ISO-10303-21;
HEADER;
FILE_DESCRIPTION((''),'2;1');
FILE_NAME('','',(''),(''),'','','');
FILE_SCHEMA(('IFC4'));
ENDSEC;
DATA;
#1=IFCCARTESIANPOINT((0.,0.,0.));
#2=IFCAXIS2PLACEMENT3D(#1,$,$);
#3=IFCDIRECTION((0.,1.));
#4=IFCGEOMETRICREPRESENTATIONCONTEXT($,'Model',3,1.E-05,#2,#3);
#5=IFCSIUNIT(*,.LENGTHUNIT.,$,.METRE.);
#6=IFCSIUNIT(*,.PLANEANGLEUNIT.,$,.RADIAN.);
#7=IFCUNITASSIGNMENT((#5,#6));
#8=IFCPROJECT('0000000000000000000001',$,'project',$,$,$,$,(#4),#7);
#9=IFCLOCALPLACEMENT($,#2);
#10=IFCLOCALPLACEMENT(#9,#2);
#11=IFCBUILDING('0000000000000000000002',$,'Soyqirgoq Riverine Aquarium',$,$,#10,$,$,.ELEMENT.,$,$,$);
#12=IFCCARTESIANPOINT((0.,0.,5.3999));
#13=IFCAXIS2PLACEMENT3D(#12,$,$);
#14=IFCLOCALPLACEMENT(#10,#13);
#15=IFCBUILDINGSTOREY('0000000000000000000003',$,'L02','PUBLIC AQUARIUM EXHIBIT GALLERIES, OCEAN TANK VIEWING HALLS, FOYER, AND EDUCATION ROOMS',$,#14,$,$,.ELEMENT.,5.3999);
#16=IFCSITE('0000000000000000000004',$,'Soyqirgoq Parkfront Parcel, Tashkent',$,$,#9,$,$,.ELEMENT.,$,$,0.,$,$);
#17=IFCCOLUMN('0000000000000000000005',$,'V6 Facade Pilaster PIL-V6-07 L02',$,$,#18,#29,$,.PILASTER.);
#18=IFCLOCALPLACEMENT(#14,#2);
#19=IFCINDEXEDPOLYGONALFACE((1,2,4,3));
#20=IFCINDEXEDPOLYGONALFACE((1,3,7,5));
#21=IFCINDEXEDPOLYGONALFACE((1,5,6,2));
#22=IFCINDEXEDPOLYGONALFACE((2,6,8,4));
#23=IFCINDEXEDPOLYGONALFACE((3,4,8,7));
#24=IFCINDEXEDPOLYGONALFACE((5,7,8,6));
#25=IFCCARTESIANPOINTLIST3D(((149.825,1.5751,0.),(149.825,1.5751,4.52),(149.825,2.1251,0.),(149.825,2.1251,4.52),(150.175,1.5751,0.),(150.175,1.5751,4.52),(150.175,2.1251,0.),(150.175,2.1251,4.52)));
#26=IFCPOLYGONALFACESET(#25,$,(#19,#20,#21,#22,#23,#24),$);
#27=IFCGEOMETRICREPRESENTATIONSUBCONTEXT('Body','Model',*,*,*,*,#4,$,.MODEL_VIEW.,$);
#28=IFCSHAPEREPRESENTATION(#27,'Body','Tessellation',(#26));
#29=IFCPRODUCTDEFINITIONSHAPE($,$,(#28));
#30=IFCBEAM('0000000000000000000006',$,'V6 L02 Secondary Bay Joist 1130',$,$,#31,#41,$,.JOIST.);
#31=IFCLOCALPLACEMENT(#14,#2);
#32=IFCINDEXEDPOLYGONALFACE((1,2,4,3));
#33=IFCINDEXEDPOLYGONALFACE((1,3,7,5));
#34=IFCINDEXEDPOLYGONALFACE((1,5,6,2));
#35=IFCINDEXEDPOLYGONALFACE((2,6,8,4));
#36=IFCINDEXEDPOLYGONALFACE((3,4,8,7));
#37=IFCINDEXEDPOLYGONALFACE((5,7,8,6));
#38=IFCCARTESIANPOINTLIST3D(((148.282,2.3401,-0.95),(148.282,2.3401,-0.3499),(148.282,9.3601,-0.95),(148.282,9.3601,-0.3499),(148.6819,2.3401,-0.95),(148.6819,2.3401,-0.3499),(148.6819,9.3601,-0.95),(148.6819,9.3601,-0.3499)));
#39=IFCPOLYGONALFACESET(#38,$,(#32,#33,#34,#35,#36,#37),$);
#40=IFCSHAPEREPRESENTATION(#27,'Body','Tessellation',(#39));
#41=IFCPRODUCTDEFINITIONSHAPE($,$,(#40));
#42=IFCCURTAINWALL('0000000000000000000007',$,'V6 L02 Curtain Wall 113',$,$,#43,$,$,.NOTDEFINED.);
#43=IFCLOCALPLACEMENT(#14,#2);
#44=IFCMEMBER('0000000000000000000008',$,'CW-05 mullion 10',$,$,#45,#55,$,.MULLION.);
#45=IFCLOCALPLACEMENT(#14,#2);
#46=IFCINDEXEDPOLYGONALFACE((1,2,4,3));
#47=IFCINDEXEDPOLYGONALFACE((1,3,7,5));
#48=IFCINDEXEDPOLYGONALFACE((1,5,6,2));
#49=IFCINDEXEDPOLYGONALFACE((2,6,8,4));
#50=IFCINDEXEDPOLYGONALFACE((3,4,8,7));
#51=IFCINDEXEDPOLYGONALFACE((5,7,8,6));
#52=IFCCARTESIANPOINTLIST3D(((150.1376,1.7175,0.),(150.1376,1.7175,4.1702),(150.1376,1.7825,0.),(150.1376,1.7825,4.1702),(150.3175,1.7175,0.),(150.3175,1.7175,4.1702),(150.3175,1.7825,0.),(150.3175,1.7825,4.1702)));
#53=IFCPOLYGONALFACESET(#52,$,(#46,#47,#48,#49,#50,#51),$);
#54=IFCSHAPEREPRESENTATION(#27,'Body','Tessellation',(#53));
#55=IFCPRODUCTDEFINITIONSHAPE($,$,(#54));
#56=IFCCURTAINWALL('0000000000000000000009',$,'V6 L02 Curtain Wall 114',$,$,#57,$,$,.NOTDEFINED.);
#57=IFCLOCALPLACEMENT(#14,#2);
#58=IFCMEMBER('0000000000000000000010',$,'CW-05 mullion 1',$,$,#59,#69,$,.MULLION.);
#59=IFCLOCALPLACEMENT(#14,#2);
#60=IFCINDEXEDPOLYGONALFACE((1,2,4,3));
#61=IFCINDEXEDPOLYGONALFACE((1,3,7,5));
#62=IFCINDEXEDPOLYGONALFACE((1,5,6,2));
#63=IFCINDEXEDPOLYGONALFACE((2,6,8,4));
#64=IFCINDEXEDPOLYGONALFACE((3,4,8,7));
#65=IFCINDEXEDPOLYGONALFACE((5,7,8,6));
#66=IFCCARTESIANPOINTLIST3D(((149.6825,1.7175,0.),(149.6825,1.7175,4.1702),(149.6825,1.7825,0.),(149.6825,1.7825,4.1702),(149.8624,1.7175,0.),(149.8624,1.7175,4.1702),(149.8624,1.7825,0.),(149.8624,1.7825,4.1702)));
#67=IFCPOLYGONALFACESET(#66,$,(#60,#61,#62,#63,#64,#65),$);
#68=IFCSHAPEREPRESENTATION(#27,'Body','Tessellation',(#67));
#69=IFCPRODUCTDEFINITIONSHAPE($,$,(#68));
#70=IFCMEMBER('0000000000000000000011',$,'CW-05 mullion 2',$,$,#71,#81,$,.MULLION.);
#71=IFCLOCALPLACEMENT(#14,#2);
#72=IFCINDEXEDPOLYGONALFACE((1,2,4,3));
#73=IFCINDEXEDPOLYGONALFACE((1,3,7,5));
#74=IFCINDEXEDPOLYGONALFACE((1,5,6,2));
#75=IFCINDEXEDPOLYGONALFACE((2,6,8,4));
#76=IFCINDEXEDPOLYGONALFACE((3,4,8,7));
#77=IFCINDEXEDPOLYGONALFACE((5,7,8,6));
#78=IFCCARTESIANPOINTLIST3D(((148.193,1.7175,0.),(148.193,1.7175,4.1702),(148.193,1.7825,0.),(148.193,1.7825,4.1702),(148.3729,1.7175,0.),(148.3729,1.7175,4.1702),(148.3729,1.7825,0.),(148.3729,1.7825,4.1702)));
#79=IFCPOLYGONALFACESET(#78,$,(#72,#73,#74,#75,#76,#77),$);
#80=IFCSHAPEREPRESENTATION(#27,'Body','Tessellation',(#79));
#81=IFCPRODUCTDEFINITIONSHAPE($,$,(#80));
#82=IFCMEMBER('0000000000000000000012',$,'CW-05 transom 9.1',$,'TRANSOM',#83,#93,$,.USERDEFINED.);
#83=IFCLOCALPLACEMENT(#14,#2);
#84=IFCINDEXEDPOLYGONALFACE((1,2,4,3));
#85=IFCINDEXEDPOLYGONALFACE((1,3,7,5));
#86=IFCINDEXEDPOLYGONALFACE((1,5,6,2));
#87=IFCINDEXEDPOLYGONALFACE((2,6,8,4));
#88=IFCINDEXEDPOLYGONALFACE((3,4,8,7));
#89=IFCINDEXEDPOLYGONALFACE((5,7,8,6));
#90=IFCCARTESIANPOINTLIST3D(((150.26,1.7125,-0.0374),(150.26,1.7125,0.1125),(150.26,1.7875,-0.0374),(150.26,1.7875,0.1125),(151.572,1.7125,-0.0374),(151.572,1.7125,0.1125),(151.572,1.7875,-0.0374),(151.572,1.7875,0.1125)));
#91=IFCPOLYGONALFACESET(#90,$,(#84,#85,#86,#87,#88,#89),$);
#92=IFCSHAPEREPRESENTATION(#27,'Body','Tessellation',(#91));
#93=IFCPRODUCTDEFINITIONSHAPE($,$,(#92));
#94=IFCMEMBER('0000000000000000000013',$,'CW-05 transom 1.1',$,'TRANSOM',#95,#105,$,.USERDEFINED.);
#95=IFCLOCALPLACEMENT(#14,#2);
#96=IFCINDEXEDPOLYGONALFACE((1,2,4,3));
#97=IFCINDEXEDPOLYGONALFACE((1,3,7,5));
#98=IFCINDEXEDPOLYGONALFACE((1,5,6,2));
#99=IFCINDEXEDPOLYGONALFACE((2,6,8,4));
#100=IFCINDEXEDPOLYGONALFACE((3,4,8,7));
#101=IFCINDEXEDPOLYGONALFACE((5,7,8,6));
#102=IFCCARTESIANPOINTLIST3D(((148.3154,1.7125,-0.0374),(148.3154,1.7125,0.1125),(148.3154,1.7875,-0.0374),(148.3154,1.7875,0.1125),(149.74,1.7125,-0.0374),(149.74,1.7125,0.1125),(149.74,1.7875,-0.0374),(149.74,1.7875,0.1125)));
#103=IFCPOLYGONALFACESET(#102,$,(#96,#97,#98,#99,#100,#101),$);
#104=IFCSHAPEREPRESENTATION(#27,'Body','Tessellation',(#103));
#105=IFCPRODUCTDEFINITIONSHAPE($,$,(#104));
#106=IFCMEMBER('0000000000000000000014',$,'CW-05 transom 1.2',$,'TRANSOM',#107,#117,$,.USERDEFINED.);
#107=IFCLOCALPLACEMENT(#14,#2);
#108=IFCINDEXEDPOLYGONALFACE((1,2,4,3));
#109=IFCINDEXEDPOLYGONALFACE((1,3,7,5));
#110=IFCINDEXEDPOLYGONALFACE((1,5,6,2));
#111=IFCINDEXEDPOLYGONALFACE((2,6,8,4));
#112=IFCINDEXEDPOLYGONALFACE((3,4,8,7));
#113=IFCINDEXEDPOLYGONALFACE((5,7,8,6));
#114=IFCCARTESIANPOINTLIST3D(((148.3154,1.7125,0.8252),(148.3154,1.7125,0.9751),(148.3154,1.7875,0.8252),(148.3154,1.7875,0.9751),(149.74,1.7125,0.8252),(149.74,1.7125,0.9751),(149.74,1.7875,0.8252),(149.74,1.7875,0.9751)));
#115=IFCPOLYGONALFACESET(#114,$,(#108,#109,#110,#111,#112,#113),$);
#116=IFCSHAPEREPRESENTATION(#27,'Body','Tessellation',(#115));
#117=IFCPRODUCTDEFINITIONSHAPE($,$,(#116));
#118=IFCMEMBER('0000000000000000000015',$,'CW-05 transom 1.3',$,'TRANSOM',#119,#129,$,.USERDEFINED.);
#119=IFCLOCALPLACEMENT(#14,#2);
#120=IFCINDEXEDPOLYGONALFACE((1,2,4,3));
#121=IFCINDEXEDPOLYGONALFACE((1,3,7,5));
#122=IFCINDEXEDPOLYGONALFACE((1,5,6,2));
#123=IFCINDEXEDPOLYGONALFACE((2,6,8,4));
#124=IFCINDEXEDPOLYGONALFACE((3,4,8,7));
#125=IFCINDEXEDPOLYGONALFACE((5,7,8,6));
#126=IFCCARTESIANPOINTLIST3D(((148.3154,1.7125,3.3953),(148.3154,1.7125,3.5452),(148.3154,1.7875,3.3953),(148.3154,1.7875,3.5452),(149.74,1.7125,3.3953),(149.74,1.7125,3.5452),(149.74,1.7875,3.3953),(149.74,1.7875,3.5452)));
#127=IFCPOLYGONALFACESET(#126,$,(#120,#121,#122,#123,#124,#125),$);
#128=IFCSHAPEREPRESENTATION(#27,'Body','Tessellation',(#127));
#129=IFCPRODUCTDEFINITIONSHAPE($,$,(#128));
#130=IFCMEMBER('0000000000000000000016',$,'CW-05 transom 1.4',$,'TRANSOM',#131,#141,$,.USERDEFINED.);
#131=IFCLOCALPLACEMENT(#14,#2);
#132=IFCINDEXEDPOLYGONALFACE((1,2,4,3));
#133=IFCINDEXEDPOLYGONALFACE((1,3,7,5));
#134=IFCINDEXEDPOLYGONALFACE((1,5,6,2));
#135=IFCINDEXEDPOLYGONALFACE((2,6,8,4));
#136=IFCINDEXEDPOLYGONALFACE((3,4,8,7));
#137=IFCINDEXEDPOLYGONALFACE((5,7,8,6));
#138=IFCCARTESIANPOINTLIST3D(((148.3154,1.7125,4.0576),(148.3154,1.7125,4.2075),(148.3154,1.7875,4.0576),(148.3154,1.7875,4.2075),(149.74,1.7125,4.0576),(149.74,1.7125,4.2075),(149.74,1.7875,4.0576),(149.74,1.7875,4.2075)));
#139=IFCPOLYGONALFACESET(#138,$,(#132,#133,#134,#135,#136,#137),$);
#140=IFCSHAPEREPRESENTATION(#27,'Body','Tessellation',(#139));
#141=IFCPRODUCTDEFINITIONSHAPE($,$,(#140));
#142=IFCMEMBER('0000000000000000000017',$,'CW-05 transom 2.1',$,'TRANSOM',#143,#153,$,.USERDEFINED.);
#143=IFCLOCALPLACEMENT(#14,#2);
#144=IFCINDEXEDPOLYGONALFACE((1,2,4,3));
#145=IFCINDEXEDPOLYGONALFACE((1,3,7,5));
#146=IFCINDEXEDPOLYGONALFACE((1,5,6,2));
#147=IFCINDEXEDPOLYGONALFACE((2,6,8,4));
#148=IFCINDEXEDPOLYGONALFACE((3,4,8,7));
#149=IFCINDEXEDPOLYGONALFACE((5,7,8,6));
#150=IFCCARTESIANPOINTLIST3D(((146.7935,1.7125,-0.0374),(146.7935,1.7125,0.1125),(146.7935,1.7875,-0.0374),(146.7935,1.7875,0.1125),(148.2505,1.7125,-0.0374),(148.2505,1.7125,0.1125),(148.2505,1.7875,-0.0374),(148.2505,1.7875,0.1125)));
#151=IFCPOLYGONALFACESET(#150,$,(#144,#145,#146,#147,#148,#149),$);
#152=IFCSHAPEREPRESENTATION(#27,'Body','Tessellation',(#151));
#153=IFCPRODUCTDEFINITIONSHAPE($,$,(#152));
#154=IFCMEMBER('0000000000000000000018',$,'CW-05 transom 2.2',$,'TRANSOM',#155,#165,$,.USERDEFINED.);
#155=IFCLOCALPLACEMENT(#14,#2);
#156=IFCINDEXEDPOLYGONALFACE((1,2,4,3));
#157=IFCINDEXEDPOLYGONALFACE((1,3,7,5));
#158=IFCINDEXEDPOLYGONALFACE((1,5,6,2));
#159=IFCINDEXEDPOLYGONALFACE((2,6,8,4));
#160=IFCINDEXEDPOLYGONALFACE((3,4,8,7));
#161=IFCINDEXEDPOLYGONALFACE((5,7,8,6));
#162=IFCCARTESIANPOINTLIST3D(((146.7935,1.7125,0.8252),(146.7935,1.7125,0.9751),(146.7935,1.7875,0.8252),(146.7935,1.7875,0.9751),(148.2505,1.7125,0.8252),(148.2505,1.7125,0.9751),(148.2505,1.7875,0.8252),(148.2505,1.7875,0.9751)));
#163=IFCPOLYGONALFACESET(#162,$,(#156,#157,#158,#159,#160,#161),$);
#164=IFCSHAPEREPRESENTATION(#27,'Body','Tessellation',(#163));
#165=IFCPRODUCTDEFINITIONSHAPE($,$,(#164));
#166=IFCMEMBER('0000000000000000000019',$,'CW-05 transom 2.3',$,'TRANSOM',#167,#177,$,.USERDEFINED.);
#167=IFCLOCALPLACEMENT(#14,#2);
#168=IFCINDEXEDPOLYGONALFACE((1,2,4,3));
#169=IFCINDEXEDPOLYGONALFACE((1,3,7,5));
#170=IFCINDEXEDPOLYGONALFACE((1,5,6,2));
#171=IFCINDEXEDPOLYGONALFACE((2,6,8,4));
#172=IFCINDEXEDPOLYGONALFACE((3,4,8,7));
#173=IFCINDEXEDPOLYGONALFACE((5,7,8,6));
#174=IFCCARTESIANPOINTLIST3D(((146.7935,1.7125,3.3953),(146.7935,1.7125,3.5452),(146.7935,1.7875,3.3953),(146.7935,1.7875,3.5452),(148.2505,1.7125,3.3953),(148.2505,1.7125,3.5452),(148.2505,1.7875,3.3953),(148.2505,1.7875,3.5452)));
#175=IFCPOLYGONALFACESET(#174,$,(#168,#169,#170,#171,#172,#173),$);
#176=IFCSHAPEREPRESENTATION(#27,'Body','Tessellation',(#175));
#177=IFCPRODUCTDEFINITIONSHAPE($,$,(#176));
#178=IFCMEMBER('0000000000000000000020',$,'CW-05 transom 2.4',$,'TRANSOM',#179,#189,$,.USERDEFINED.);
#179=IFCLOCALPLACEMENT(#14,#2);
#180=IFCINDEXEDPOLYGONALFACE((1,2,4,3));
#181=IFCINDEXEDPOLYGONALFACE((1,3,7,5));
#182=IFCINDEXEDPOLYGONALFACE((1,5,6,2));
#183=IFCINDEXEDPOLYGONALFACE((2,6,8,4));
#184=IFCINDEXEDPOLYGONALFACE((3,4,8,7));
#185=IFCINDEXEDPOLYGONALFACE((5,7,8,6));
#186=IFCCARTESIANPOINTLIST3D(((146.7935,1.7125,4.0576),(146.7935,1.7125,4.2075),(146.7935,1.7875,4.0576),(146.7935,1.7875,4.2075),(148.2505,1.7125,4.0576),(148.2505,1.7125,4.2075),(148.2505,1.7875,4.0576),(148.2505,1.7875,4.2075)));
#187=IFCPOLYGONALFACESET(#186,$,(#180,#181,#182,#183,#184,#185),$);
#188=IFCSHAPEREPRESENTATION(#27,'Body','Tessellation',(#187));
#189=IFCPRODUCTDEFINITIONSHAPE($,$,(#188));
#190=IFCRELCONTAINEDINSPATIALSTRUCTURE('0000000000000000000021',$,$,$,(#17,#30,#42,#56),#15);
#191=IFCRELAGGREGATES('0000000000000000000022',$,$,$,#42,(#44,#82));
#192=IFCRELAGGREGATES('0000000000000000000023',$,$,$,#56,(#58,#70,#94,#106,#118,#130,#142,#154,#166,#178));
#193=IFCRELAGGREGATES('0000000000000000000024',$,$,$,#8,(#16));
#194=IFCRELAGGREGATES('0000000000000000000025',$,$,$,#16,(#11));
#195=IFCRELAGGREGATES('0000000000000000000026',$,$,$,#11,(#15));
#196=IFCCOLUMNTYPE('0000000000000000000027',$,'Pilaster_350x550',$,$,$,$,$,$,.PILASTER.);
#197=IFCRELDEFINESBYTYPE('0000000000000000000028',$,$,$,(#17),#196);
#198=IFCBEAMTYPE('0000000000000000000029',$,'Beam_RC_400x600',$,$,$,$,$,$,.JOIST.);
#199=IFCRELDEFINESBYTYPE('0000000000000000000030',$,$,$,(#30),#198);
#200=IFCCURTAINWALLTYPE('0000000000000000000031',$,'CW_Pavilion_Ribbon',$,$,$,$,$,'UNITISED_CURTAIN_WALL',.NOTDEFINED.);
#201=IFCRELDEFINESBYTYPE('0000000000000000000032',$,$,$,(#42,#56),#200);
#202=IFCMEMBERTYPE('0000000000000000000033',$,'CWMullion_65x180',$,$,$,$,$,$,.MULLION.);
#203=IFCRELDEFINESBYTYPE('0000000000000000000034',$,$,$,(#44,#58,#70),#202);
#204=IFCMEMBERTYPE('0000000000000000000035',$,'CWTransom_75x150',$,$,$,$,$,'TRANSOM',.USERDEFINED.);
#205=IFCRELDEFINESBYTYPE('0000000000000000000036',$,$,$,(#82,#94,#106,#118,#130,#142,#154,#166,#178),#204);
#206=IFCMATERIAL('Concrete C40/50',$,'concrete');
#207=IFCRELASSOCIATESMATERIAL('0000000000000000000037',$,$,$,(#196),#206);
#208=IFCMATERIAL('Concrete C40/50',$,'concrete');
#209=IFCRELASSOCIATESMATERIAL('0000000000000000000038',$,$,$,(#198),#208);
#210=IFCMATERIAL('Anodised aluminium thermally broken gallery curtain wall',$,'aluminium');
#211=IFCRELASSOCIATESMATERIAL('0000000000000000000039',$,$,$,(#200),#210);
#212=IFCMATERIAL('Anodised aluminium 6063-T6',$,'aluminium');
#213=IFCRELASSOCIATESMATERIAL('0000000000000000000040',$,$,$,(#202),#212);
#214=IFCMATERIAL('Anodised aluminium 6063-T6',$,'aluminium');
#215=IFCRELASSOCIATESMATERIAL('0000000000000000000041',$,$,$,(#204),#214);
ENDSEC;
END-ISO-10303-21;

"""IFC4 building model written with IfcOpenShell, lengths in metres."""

from ifc_helpers import new_model, si_unit, direction, frame, origin, origin_2d, place, context, subcontext, project, spatial, rectangle, extrude, material, material_profile, profile_set, type_object, element, aggregate, save


model = new_model("IFC4")

# Units and contexts
model_context = context("Model", 3, precision=1e-05, world=origin(), true_north=direction((0.0, 1.0)))
body_context = subcontext(model_context, "Body", "Model", "MODEL_VIEW")
ifc_project = project(units=[si_unit("LENGTHUNIT", "METRE"), si_unit("PLANEANGLEUNIT", "RADIAN")], contexts=[model_context])

# Site, building, storey
site_placement = place(None, origin())
site = spatial("IfcSite", under=ifc_project, at=site_placement, Name="Soyqirgoq Parkfront Parcel, Tashkent", CompositionType="ELEMENT", RefElevation=0.0)
building_placement = place(site_placement, origin())
building = spatial("IfcBuilding", under=site, at=building_placement, Name="Soyqirgoq Riverine Aquarium", CompositionType="ELEMENT")
storey_placement = place(building_placement, frame((0.0, 0.0, 5.3999)))
storey = spatial("IfcBuildingStorey", under=building, at=storey_placement, Name="L02", Description="PUBLIC AQUARIUM EXHIBIT GALLERIES, OCEAN TANK VIEWING HALLS, FOYER, AND EDUCATION ROOMS", CompositionType="ELEMENT", Elevation=5.3999)

# Column
ifc_material_1 = material(Name="Concrete C40/50", Category="concrete")
ifc_material_profile_1 = material_profile(ifc_material_1, rectangle(XDim=0.3501, YDim=0.55, at=origin_2d()), Name="RC-PIL 350x550")
ifc_profile_set_1 = profile_set([ifc_material_profile_1], Name="Concrete C40/50")
column_type = type_object("IfcColumnType", Name="Pilaster_350x550", PredefinedType="PILASTER", material=ifc_profile_set_1)
column_placement = place(storey_placement, frame((150.0, 1.8501, 0.0), z_axis=(0.0, 0.0, 1.0), x_axis=(1.0, 0.0, 0.0)))
element("IfcColumn", 1, at=column_placement, inside=storey, type_object=column_type, Name="V6 Facade Pilaster PIL-V6-07 L02", PredefinedType="PILASTER", context=body_context, shape_type="SweptSolid", body=[
    extrude(rectangle(XDim=0.3501, YDim=0.55, at=origin_2d()), origin(), (0.0, 0.0, 1.0), 4.52),
])

# Beam
ifc_material_2 = material(Name="Concrete C40/50", Category="concrete")
ifc_material_profile_2 = material_profile(ifc_material_2, rectangle(XDim=0.3999, YDim=0.6001, at=origin_2d()), Name="RC 400x600")
ifc_profile_set_2 = profile_set([ifc_material_profile_2], Name="Concrete C40/50")
beam_type_1 = type_object("IfcBeamType", Name="Beam_RC_400x600", PredefinedType="JOIST", material=ifc_profile_set_2)
beam_1_placement = place(storey_placement, frame((148.4819, 2.3401, -0.6499), z_axis=(0.0, 1.0, 0.0), x_axis=(-1.0, 0.0, 0.0)))
element("IfcBeam", 2, at=beam_1_placement, inside=storey, type_object=beam_type_1, Name="V6 L02 Secondary Bay Joist 1130", PredefinedType="JOIST", context=body_context, shape_type="SweptSolid", body=[
    extrude(rectangle(XDim=0.3999, YDim=0.6001, at=origin_2d()), origin(), (0.0, 0.0, 1.0), 7.02),
])

# Curtain wall, member
ifc_material_3 = material(Name="Anodised aluminium thermally broken gallery curtain wall", Category="aluminium")
curtain_wall_type = type_object("IfcCurtainWallType", Name="CW_Pavilion_Ribbon", ElementType="UNITISED_CURTAIN_WALL", PredefinedType="NOTDEFINED", material=ifc_material_3)
curtain_wall_1_placement = place(storey_placement, origin())
curtain_wall_1 = element("IfcCurtainWall", 3, at=curtain_wall_1_placement, inside=storey, type_object=curtain_wall_type, Name="V6 L02 Curtain Wall 113", PredefinedType="NOTDEFINED")
ifc_material_4 = material(Name="Anodised aluminium 6063-T6", Category="aluminium")
ifc_material_profile_3 = material_profile(ifc_material_4, rectangle(XDim=0.0649, YDim=0.1799, at=origin_2d()), Name="ALU-M 65x180")
ifc_profile_set_3 = profile_set([ifc_material_profile_3], Name="Anodised aluminium 6063-T6")
member_type_1 = type_object("IfcMemberType", Name="CWMullion_65x180", PredefinedType="MULLION", material=ifc_profile_set_3)
member_1_placement = place(storey_placement, frame((150.2275, 1.75, 0.0), z_axis=(0.0, 0.0, 1.0), x_axis=(0.0, -1.0, 0.0)))
member_1 = element("IfcMember", 4, at=member_1_placement, type_object=member_type_1, Name="CW-05 mullion 10", PredefinedType="MULLION", context=body_context, shape_type="SweptSolid", body=[
    extrude(rectangle(XDim=0.0649, YDim=0.1799, at=origin_2d()), origin(), (0.0, 0.0, 1.0), 4.1702),
])

# Curtain wall, members
curtain_wall_2_placement = place(storey_placement, origin())
curtain_wall_2 = element("IfcCurtainWall", 5, at=curtain_wall_2_placement, inside=storey, type_object=curtain_wall_type, Name="V6 L02 Curtain Wall 114", PredefinedType="NOTDEFINED")
member_2_placement = place(storey_placement, frame((149.7725, 1.75, 0.0), z_axis=(0.0, 0.0, 1.0), x_axis=(0.0, -1.0, 0.0)))
member_2 = element("IfcMember", 6, at=member_2_placement, type_object=member_type_1, Name="CW-05 mullion 1", PredefinedType="MULLION", context=body_context, shape_type="SweptSolid", body=[
    extrude(rectangle(XDim=0.0649, YDim=0.1799, at=origin_2d()), origin(), (0.0, 0.0, 1.0), 4.1702),
])
member_3_placement = place(storey_placement, frame((148.283, 1.75, 0.0), z_axis=(0.0, 0.0, 1.0), x_axis=(0.0, -1.0, 0.0)))
member_3 = element("IfcMember", 7, at=member_3_placement, type_object=member_type_1, Name="CW-05 mullion 2", PredefinedType="MULLION", context=body_context, shape_type="SweptSolid", body=[
    extrude(rectangle(XDim=0.0649, YDim=0.1799, at=origin_2d()), origin(), (0.0, 0.0, 1.0), 4.1702),
])

# Members
ifc_material_5 = material(Name="Anodised aluminium 6063-T6", Category="aluminium")
ifc_material_profile_4 = material_profile(ifc_material_5, rectangle(XDim=0.075, YDim=0.1499, at=origin_2d()), Name="ALU-T 75x150")
ifc_profile_set_4 = profile_set([ifc_material_profile_4], Name="Anodised aluminium 6063-T6")
member_type_2 = type_object("IfcMemberType", Name="CWTransom_75x150", ElementType="TRANSOM", PredefinedType="USERDEFINED", material=ifc_profile_set_4)
member_4_placement = place(storey_placement, frame((151.572, 1.75, 0.0376), z_axis=(-1.0, 0.0, 0.0), x_axis=(0.0, -1.0, 0.0)))
member_4 = element("IfcMember", 8, at=member_4_placement, type_object=member_type_2, Name="CW-05 transom 9.1", ObjectType="TRANSOM", PredefinedType="USERDEFINED", context=body_context, shape_type="SweptSolid", body=[
    extrude(rectangle(XDim=0.075, YDim=0.1499, at=origin_2d()), origin(), (0.0, 0.0, 1.0), 1.312),
])
member_5_placement = place(storey_placement, frame((149.74, 1.75, 0.0376), z_axis=(-1.0, 0.0, 0.0), x_axis=(0.0, -1.0, 0.0)))
member_5 = element("IfcMember", 9, at=member_5_placement, type_object=member_type_2, Name="CW-05 transom 1.1", ObjectType="TRANSOM", PredefinedType="USERDEFINED", context=body_context, shape_type="SweptSolid", body=[
    extrude(rectangle(XDim=0.075, YDim=0.1499, at=origin_2d()), origin(), (0.0, 0.0, 1.0), 1.4246),
])
member_6_placement = place(storey_placement, frame((149.74, 1.75, 0.9001), z_axis=(-1.0, 0.0, 0.0), x_axis=(0.0, -1.0, 0.0)))
member_6 = element("IfcMember", 10, at=member_6_placement, type_object=member_type_2, Name="CW-05 transom 1.2", ObjectType="TRANSOM", PredefinedType="USERDEFINED", context=body_context, shape_type="SweptSolid", body=[
    extrude(rectangle(XDim=0.075, YDim=0.1499, at=origin_2d()), origin(), (0.0, 0.0, 1.0), 1.4246),
])
member_7_placement = place(storey_placement, frame((149.74, 1.75, 3.4702), z_axis=(-1.0, 0.0, 0.0), x_axis=(0.0, -1.0, 0.0)))
member_7 = element("IfcMember", 11, at=member_7_placement, type_object=member_type_2, Name="CW-05 transom 1.3", ObjectType="TRANSOM", PredefinedType="USERDEFINED", context=body_context, shape_type="SweptSolid", body=[
    extrude(rectangle(XDim=0.075, YDim=0.1499, at=origin_2d()), origin(), (0.0, 0.0, 1.0), 1.4246),
])
member_8_placement = place(storey_placement, frame((149.74, 1.75, 4.1326), z_axis=(-1.0, 0.0, 0.0), x_axis=(0.0, -1.0, 0.0)))
member_8 = element("IfcMember", 12, at=member_8_placement, type_object=member_type_2, Name="CW-05 transom 1.4", ObjectType="TRANSOM", PredefinedType="USERDEFINED", context=body_context, shape_type="SweptSolid", body=[
    extrude(rectangle(XDim=0.075, YDim=0.1499, at=origin_2d()), origin(), (0.0, 0.0, 1.0), 1.4246),
])
member_9_placement = place(storey_placement, frame((148.2505, 1.75, 0.0376), z_axis=(-1.0, 0.0, 0.0), x_axis=(0.0, -1.0, 0.0)))
member_9 = element("IfcMember", 13, at=member_9_placement, type_object=member_type_2, Name="CW-05 transom 2.1", ObjectType="TRANSOM", PredefinedType="USERDEFINED", context=body_context, shape_type="SweptSolid", body=[
    extrude(rectangle(XDim=0.075, YDim=0.1499, at=origin_2d()), origin(), (0.0, 0.0, 1.0), 1.457),
])
member_10_placement = place(storey_placement, frame((148.2505, 1.75, 0.9001), z_axis=(-1.0, 0.0, 0.0), x_axis=(0.0, -1.0, 0.0)))
member_10 = element("IfcMember", 14, at=member_10_placement, type_object=member_type_2, Name="CW-05 transom 2.2", ObjectType="TRANSOM", PredefinedType="USERDEFINED", context=body_context, shape_type="SweptSolid", body=[
    extrude(rectangle(XDim=0.075, YDim=0.1499, at=origin_2d()), origin(), (0.0, 0.0, 1.0), 1.457),
])
member_11_placement = place(storey_placement, frame((148.2505, 1.75, 3.4702), z_axis=(-1.0, 0.0, 0.0), x_axis=(0.0, -1.0, 0.0)))
member_11 = element("IfcMember", 15, at=member_11_placement, type_object=member_type_2, Name="CW-05 transom 2.3", ObjectType="TRANSOM", PredefinedType="USERDEFINED", context=body_context, shape_type="SweptSolid", body=[
    extrude(rectangle(XDim=0.075, YDim=0.1499, at=origin_2d()), origin(), (0.0, 0.0, 1.0), 1.457),
])
member_12_placement = place(storey_placement, frame((148.2505, 1.75, 4.1326), z_axis=(-1.0, 0.0, 0.0), x_axis=(0.0, -1.0, 0.0)))
member_12 = element("IfcMember", 16, at=member_12_placement, type_object=member_type_2, Name="CW-05 transom 2.4", ObjectType="TRANSOM", PredefinedType="USERDEFINED", context=body_context, shape_type="SweptSolid", body=[
    extrude(rectangle(XDim=0.075, YDim=0.1499, at=origin_2d()), origin(), (0.0, 0.0, 1.0), 1.457),
])

aggregate(curtain_wall_1, [member_1, member_4])
aggregate(curtain_wall_2, [member_2, member_3, member_5, member_6, member_7, member_8, member_9, member_10, member_11, member_12])

save(model, "model.ifc")
